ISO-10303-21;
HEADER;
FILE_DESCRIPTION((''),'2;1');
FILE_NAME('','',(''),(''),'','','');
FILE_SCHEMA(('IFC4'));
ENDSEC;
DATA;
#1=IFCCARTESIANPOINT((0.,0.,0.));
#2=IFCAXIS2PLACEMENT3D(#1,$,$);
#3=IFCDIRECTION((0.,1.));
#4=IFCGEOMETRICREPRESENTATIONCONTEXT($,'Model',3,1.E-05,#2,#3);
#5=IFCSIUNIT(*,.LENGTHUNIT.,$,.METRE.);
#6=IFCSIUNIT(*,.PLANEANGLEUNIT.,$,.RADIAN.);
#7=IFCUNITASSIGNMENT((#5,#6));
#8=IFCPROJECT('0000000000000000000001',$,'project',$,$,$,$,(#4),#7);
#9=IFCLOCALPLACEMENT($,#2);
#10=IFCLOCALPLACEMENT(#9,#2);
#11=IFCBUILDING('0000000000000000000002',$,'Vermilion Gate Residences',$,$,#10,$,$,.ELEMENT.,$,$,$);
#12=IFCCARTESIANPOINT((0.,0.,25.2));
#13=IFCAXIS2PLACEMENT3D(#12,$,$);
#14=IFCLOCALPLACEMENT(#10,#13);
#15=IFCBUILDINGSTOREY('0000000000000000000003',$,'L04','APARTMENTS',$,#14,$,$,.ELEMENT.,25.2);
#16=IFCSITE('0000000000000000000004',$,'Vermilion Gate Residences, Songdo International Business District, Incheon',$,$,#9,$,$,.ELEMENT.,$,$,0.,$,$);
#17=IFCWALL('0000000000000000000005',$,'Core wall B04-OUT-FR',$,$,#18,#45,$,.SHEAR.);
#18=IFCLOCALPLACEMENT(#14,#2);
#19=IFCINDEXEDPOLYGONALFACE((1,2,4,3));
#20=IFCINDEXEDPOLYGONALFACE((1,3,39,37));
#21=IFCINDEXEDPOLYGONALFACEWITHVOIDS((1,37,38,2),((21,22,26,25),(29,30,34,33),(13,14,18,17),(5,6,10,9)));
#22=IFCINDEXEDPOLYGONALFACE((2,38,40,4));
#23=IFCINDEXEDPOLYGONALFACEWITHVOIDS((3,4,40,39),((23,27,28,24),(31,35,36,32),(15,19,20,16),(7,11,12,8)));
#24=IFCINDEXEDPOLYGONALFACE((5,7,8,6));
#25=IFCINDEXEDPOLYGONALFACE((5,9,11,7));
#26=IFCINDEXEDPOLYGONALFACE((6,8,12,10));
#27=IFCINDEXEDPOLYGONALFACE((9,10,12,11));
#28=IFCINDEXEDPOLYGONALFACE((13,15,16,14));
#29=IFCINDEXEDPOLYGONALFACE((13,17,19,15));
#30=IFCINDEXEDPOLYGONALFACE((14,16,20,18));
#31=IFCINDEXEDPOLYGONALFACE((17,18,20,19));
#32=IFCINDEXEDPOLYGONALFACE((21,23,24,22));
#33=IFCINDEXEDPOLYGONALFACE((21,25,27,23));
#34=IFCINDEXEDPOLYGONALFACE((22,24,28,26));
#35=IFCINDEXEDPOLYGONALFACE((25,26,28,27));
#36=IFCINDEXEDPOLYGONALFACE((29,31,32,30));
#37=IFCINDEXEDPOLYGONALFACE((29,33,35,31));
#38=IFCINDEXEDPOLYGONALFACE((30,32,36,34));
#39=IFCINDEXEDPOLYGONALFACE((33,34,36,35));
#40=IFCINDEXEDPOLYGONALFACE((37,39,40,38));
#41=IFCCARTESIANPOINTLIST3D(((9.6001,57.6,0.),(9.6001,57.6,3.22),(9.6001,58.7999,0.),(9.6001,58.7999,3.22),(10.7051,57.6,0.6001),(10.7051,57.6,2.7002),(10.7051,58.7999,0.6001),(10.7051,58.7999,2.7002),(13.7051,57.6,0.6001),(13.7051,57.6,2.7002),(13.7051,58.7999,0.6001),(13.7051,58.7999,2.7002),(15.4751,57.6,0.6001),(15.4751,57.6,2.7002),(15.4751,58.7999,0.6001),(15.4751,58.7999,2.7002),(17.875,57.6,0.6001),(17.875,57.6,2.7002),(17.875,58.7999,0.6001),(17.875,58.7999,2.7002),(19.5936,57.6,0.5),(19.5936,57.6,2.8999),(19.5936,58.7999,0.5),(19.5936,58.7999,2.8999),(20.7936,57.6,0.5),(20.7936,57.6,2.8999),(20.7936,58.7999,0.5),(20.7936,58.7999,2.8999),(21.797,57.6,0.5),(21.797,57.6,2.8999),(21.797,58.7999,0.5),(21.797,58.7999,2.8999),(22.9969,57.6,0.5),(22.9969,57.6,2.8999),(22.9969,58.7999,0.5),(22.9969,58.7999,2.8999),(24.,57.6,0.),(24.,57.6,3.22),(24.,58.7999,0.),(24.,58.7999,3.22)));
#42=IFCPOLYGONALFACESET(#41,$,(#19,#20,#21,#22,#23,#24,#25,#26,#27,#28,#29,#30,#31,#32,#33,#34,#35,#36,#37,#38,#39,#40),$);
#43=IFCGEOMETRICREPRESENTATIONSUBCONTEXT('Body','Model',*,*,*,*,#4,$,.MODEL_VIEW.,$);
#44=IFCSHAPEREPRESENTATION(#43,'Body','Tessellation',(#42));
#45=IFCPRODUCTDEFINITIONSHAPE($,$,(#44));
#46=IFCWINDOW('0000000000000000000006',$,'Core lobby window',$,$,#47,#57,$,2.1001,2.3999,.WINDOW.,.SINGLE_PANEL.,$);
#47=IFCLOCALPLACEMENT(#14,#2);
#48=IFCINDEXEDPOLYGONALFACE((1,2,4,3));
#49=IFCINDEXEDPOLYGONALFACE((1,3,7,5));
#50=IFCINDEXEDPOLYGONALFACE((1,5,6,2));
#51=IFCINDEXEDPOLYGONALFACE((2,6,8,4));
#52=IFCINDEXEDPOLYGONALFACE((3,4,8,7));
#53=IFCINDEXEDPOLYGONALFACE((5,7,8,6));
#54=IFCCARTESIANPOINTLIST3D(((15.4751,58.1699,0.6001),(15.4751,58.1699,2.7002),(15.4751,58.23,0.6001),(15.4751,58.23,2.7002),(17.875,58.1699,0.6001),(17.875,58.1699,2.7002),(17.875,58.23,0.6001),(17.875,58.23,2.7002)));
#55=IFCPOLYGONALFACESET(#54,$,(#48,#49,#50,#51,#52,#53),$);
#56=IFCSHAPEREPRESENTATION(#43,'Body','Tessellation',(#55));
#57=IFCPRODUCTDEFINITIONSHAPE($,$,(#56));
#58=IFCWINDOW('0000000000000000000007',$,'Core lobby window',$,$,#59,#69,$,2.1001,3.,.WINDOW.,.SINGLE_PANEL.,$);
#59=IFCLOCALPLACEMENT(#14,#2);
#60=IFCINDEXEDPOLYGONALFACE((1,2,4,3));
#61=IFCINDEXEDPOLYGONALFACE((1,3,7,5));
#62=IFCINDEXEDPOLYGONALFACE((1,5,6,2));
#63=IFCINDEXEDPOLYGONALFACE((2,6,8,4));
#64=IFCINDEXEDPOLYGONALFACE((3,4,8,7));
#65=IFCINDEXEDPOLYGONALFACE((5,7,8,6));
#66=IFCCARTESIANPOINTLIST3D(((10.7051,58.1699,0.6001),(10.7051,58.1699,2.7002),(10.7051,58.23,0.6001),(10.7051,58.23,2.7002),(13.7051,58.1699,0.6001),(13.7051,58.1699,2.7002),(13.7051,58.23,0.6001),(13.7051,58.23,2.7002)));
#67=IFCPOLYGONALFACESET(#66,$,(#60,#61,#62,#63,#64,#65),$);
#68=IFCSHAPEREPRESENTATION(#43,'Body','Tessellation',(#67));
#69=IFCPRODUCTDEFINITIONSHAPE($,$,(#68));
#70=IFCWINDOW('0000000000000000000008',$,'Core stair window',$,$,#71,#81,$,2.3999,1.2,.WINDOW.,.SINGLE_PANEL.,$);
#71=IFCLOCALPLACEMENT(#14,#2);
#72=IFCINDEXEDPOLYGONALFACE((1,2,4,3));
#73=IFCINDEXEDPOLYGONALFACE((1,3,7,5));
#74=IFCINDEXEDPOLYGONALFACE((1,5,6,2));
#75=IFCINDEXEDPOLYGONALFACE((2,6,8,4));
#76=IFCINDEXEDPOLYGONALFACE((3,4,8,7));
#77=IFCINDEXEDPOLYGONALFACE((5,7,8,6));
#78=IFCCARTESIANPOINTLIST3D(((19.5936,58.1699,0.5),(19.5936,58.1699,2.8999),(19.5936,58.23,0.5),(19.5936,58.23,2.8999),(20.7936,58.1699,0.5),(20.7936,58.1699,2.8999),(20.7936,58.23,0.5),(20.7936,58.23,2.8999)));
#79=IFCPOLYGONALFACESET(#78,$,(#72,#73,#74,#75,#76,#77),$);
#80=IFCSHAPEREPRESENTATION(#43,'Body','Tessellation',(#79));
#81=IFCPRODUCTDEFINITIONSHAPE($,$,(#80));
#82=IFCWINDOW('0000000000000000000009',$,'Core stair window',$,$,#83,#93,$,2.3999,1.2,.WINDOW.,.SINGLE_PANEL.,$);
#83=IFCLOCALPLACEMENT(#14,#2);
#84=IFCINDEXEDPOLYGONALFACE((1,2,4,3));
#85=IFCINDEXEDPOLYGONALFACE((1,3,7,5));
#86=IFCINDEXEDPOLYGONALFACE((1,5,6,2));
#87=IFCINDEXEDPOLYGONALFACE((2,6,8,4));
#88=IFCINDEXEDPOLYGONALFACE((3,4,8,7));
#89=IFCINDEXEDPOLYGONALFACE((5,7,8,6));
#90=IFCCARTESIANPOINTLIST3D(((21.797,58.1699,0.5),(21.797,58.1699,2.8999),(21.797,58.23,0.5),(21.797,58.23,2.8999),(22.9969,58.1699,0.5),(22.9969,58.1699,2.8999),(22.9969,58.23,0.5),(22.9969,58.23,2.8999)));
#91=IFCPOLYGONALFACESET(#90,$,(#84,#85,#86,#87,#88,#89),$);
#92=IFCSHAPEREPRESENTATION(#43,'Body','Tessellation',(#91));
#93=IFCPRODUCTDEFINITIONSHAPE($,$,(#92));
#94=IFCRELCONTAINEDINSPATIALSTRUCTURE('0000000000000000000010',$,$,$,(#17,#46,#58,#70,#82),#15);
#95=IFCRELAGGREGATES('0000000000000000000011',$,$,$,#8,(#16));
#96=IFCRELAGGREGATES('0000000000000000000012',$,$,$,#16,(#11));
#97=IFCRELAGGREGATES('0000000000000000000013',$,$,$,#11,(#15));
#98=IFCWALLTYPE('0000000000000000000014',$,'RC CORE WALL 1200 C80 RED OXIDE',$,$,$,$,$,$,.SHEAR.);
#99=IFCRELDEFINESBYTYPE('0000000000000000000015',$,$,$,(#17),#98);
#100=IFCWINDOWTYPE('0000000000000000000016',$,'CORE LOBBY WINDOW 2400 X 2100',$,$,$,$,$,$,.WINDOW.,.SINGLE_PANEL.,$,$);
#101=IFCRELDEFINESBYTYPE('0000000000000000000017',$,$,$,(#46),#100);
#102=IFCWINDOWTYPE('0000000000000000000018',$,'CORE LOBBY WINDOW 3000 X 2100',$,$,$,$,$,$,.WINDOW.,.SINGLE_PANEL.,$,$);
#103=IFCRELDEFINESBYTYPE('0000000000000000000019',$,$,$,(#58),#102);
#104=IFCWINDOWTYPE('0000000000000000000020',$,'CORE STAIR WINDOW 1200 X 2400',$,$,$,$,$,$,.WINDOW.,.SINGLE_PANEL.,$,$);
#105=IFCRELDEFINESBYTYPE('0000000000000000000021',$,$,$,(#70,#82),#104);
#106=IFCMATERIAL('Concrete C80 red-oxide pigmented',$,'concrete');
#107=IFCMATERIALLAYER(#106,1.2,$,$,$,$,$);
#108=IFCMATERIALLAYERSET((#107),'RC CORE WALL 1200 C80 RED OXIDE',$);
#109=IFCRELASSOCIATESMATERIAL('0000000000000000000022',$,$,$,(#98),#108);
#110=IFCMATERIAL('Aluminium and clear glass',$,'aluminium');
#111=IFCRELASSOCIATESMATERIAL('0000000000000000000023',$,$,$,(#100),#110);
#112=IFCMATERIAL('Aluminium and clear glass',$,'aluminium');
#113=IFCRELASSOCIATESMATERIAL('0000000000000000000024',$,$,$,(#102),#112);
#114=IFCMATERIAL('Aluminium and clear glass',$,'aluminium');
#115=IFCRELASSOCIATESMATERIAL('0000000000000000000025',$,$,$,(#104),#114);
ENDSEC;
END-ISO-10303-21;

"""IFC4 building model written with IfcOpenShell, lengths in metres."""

from ifc_helpers import new_model, si_unit, direction, frame, frame_2d, origin, place, context, subcontext, project, spatial, rectangle, extrude, material, layer, layer_set, type_object, element, fill, save


model = new_model("IFC4")

# Units and contexts
model_context = context("Model", 3, precision=1e-05, world=origin(), true_north=direction((0.0, 1.0)))
body_context = subcontext(model_context, "Body", "Model", "MODEL_VIEW")
ifc_project = project(units=[si_unit("LENGTHUNIT", "METRE"), si_unit("PLANEANGLEUNIT", "RADIAN")], contexts=[model_context])

# Site, building, storey
site_placement = place(None, origin())
site = spatial("IfcSite", under=ifc_project, at=site_placement, Name="Vermilion Gate Residences, Songdo International Business District, Incheon", CompositionType="ELEMENT", RefElevation=0.0)
building_placement = place(site_placement, origin())
building = spatial("IfcBuilding", under=site, at=building_placement, Name="Vermilion Gate Residences", CompositionType="ELEMENT")
storey_placement = place(building_placement, frame((0.0, 0.0, 25.2)))
storey = spatial("IfcBuildingStorey", under=building, at=storey_placement, Name="L04", Description="APARTMENTS", CompositionType="ELEMENT", Elevation=25.2)

# Wall, openings, windows
ifc_material_1 = material(Name="Concrete C80 red-oxide pigmented", Category="concrete")
ifc_layer_1 = layer(ifc_material_1, 1.2)
ifc_layer_set_1 = layer_set([ifc_layer_1], Name="RC CORE WALL 1200 C80 RED OXIDE")
wall_type_1 = type_object("IfcWallType", Name="RC CORE WALL 1200 C80 RED OXIDE", PredefinedType="SHEAR", material=ifc_layer_set_1)
wall_1_placement = place(storey_placement, frame((9.6001, 58.2, 0.0), z_axis=(0.0, 0.0, 1.0), x_axis=(1.0, 0.0, 0.0)))
wall_1 = element("IfcWall", 1, at=wall_1_placement, inside=storey, type_object=wall_type_1, Name="Core wall B04-OUT-FR", PredefinedType="SHEAR", context=body_context, shape_type="SweptSolid", body=[
    extrude(rectangle(XDim=14.3999, YDim=1.2, at=frame_2d((7.2, 0.0))), origin(), (0.0, 0.0, 1.0), 3.22),
])
opening_1_placement = place(wall_1_placement, frame((1.105, 0.0, 0.6001)))
opening_1 = element("IfcOpeningElement", 2, at=opening_1_placement, cuts=wall_1, PredefinedType="OPENING", context=body_context, shape_type="SweptSolid", body=[
    extrude(rectangle(XDim=3.0, YDim=2.1001, at=frame_2d((1.5, 1.05))), frame((0.0, 0.6099, 0.0), z_axis=(0.0, -1.0, 0.0), x_axis=(1.0, 0.0, 0.0)), (0.0, 0.0, 1.0), 1.22),
])
opening_2_placement = place(wall_1_placement, frame((5.875, 0.0, 0.6001)))
opening_2 = element("IfcOpeningElement", 3, at=opening_2_placement, cuts=wall_1, PredefinedType="OPENING", context=body_context, shape_type="SweptSolid", body=[
    extrude(rectangle(XDim=2.3999, YDim=2.1001, at=frame_2d((1.2, 1.05))), frame((0.0, 0.6099, 0.0), z_axis=(0.0, -1.0, 0.0), x_axis=(1.0, 0.0, 0.0)), (0.0, 0.0, 1.0), 1.22),
])
opening_3_placement = place(wall_1_placement, frame((9.9934, 0.0, 0.5)))
opening_3 = element("IfcOpeningElement", 4, at=opening_3_placement, cuts=wall_1, PredefinedType="OPENING", context=body_context, shape_type="SweptSolid", body=[
    extrude(rectangle(XDim=1.2, YDim=2.3999, at=frame_2d((0.6001, 1.2))), frame((0.0, 0.6099, 0.0), z_axis=(0.0, -1.0, 0.0), x_axis=(1.0, 0.0, 0.0)), (0.0, 0.0, 1.0), 1.22),
])
opening_4_placement = place(wall_1_placement, frame((12.1968, 0.0, 0.5)))
opening_4 = element("IfcOpeningElement", 5, at=opening_4_placement, cuts=wall_1, PredefinedType="OPENING", context=body_context, shape_type="SweptSolid", body=[
    extrude(rectangle(XDim=1.2, YDim=2.3999, at=frame_2d((0.6001, 1.2))), frame((0.0, 0.6099, 0.0), z_axis=(0.0, -1.0, 0.0), x_axis=(1.0, 0.0, 0.0)), (0.0, 0.0, 1.0), 1.22),
])
ifc_material_2 = material(Name="Aluminium and clear glass", Category="aluminium")
window_type_1 = type_object("IfcWindowType", Name="CORE LOBBY WINDOW 2400 X 2100", PartitioningType="SINGLE_PANEL", PredefinedType="WINDOW", material=ifc_material_2)
window_1_placement = place(opening_2_placement, origin())
window_1 = element("IfcWindow", 6, at=window_1_placement, inside=storey, type_object=window_type_1, Name="Core lobby window", OverallHeight=2.1001, OverallWidth=2.3999, PartitioningType="SINGLE_PANEL", PredefinedType="WINDOW", context=body_context, shape_type="SweptSolid", body=[
    extrude(rectangle(XDim=2.3999, YDim=2.1001, at=frame_2d((1.2, 1.05))), frame((0.0, 0.03, 0.0), z_axis=(0.0, -1.0, 0.0), x_axis=(1.0, 0.0, 0.0)), (0.0, 0.0, 1.0), 0.0601),
])
fill(opening_2, window_1)
ifc_material_3 = material(Name="Aluminium and clear glass", Category="aluminium")
window_type_2 = type_object("IfcWindowType", Name="CORE LOBBY WINDOW 3000 X 2100", PartitioningType="SINGLE_PANEL", PredefinedType="WINDOW", material=ifc_material_3)
window_2_placement = place(opening_1_placement, origin())
window_2 = element("IfcWindow", 7, at=window_2_placement, inside=storey, type_object=window_type_2, Name="Core lobby window", OverallHeight=2.1001, OverallWidth=3.0, PartitioningType="SINGLE_PANEL", PredefinedType="WINDOW", context=body_context, shape_type="SweptSolid", body=[
    extrude(rectangle(XDim=3.0, YDim=2.1001, at=frame_2d((1.5, 1.05))), frame((0.0, 0.03, 0.0), z_axis=(0.0, -1.0, 0.0), x_axis=(1.0, 0.0, 0.0)), (0.0, 0.0, 1.0), 0.0601),
])
fill(opening_1, window_2)
ifc_material_4 = material(Name="Aluminium and clear glass", Category="aluminium")
window_type_3 = type_object("IfcWindowType", Name="CORE STAIR WINDOW 1200 X 2400", PartitioningType="SINGLE_PANEL", PredefinedType="WINDOW", material=ifc_material_4)
window_3_placement = place(opening_3_placement, origin())
window_3 = element("IfcWindow", 8, at=window_3_placement, inside=storey, type_object=window_type_3, Name="Core stair window", OverallHeight=2.3999, OverallWidth=1.2, PartitioningType="SINGLE_PANEL", PredefinedType="WINDOW", context=body_context, shape_type="SweptSolid", body=[
    extrude(rectangle(XDim=1.2, YDim=2.3999, at=frame_2d((0.6001, 1.2))), frame((0.0, 0.03, 0.0), z_axis=(0.0, -1.0, 0.0), x_axis=(1.0, 0.0, 0.0)), (0.0, 0.0, 1.0), 0.0601),
])
fill(opening_3, window_3)
window_4_placement = place(opening_4_placement, origin())
window_4 = element("IfcWindow", 9, at=window_4_placement, inside=storey, type_object=window_type_3, Name="Core stair window", OverallHeight=2.3999, OverallWidth=1.2, PartitioningType="SINGLE_PANEL", PredefinedType="WINDOW", context=body_context, shape_type="SweptSolid", body=[
    extrude(rectangle(XDim=1.2, YDim=2.3999, at=frame_2d((0.6001, 1.2))), frame((0.0, 0.03, 0.0), z_axis=(0.0, -1.0, 0.0), x_axis=(1.0, 0.0, 0.0)), (0.0, 0.0, 1.0), 0.0601),
])
fill(opening_4, window_4)

save(model, "model.ifc")
